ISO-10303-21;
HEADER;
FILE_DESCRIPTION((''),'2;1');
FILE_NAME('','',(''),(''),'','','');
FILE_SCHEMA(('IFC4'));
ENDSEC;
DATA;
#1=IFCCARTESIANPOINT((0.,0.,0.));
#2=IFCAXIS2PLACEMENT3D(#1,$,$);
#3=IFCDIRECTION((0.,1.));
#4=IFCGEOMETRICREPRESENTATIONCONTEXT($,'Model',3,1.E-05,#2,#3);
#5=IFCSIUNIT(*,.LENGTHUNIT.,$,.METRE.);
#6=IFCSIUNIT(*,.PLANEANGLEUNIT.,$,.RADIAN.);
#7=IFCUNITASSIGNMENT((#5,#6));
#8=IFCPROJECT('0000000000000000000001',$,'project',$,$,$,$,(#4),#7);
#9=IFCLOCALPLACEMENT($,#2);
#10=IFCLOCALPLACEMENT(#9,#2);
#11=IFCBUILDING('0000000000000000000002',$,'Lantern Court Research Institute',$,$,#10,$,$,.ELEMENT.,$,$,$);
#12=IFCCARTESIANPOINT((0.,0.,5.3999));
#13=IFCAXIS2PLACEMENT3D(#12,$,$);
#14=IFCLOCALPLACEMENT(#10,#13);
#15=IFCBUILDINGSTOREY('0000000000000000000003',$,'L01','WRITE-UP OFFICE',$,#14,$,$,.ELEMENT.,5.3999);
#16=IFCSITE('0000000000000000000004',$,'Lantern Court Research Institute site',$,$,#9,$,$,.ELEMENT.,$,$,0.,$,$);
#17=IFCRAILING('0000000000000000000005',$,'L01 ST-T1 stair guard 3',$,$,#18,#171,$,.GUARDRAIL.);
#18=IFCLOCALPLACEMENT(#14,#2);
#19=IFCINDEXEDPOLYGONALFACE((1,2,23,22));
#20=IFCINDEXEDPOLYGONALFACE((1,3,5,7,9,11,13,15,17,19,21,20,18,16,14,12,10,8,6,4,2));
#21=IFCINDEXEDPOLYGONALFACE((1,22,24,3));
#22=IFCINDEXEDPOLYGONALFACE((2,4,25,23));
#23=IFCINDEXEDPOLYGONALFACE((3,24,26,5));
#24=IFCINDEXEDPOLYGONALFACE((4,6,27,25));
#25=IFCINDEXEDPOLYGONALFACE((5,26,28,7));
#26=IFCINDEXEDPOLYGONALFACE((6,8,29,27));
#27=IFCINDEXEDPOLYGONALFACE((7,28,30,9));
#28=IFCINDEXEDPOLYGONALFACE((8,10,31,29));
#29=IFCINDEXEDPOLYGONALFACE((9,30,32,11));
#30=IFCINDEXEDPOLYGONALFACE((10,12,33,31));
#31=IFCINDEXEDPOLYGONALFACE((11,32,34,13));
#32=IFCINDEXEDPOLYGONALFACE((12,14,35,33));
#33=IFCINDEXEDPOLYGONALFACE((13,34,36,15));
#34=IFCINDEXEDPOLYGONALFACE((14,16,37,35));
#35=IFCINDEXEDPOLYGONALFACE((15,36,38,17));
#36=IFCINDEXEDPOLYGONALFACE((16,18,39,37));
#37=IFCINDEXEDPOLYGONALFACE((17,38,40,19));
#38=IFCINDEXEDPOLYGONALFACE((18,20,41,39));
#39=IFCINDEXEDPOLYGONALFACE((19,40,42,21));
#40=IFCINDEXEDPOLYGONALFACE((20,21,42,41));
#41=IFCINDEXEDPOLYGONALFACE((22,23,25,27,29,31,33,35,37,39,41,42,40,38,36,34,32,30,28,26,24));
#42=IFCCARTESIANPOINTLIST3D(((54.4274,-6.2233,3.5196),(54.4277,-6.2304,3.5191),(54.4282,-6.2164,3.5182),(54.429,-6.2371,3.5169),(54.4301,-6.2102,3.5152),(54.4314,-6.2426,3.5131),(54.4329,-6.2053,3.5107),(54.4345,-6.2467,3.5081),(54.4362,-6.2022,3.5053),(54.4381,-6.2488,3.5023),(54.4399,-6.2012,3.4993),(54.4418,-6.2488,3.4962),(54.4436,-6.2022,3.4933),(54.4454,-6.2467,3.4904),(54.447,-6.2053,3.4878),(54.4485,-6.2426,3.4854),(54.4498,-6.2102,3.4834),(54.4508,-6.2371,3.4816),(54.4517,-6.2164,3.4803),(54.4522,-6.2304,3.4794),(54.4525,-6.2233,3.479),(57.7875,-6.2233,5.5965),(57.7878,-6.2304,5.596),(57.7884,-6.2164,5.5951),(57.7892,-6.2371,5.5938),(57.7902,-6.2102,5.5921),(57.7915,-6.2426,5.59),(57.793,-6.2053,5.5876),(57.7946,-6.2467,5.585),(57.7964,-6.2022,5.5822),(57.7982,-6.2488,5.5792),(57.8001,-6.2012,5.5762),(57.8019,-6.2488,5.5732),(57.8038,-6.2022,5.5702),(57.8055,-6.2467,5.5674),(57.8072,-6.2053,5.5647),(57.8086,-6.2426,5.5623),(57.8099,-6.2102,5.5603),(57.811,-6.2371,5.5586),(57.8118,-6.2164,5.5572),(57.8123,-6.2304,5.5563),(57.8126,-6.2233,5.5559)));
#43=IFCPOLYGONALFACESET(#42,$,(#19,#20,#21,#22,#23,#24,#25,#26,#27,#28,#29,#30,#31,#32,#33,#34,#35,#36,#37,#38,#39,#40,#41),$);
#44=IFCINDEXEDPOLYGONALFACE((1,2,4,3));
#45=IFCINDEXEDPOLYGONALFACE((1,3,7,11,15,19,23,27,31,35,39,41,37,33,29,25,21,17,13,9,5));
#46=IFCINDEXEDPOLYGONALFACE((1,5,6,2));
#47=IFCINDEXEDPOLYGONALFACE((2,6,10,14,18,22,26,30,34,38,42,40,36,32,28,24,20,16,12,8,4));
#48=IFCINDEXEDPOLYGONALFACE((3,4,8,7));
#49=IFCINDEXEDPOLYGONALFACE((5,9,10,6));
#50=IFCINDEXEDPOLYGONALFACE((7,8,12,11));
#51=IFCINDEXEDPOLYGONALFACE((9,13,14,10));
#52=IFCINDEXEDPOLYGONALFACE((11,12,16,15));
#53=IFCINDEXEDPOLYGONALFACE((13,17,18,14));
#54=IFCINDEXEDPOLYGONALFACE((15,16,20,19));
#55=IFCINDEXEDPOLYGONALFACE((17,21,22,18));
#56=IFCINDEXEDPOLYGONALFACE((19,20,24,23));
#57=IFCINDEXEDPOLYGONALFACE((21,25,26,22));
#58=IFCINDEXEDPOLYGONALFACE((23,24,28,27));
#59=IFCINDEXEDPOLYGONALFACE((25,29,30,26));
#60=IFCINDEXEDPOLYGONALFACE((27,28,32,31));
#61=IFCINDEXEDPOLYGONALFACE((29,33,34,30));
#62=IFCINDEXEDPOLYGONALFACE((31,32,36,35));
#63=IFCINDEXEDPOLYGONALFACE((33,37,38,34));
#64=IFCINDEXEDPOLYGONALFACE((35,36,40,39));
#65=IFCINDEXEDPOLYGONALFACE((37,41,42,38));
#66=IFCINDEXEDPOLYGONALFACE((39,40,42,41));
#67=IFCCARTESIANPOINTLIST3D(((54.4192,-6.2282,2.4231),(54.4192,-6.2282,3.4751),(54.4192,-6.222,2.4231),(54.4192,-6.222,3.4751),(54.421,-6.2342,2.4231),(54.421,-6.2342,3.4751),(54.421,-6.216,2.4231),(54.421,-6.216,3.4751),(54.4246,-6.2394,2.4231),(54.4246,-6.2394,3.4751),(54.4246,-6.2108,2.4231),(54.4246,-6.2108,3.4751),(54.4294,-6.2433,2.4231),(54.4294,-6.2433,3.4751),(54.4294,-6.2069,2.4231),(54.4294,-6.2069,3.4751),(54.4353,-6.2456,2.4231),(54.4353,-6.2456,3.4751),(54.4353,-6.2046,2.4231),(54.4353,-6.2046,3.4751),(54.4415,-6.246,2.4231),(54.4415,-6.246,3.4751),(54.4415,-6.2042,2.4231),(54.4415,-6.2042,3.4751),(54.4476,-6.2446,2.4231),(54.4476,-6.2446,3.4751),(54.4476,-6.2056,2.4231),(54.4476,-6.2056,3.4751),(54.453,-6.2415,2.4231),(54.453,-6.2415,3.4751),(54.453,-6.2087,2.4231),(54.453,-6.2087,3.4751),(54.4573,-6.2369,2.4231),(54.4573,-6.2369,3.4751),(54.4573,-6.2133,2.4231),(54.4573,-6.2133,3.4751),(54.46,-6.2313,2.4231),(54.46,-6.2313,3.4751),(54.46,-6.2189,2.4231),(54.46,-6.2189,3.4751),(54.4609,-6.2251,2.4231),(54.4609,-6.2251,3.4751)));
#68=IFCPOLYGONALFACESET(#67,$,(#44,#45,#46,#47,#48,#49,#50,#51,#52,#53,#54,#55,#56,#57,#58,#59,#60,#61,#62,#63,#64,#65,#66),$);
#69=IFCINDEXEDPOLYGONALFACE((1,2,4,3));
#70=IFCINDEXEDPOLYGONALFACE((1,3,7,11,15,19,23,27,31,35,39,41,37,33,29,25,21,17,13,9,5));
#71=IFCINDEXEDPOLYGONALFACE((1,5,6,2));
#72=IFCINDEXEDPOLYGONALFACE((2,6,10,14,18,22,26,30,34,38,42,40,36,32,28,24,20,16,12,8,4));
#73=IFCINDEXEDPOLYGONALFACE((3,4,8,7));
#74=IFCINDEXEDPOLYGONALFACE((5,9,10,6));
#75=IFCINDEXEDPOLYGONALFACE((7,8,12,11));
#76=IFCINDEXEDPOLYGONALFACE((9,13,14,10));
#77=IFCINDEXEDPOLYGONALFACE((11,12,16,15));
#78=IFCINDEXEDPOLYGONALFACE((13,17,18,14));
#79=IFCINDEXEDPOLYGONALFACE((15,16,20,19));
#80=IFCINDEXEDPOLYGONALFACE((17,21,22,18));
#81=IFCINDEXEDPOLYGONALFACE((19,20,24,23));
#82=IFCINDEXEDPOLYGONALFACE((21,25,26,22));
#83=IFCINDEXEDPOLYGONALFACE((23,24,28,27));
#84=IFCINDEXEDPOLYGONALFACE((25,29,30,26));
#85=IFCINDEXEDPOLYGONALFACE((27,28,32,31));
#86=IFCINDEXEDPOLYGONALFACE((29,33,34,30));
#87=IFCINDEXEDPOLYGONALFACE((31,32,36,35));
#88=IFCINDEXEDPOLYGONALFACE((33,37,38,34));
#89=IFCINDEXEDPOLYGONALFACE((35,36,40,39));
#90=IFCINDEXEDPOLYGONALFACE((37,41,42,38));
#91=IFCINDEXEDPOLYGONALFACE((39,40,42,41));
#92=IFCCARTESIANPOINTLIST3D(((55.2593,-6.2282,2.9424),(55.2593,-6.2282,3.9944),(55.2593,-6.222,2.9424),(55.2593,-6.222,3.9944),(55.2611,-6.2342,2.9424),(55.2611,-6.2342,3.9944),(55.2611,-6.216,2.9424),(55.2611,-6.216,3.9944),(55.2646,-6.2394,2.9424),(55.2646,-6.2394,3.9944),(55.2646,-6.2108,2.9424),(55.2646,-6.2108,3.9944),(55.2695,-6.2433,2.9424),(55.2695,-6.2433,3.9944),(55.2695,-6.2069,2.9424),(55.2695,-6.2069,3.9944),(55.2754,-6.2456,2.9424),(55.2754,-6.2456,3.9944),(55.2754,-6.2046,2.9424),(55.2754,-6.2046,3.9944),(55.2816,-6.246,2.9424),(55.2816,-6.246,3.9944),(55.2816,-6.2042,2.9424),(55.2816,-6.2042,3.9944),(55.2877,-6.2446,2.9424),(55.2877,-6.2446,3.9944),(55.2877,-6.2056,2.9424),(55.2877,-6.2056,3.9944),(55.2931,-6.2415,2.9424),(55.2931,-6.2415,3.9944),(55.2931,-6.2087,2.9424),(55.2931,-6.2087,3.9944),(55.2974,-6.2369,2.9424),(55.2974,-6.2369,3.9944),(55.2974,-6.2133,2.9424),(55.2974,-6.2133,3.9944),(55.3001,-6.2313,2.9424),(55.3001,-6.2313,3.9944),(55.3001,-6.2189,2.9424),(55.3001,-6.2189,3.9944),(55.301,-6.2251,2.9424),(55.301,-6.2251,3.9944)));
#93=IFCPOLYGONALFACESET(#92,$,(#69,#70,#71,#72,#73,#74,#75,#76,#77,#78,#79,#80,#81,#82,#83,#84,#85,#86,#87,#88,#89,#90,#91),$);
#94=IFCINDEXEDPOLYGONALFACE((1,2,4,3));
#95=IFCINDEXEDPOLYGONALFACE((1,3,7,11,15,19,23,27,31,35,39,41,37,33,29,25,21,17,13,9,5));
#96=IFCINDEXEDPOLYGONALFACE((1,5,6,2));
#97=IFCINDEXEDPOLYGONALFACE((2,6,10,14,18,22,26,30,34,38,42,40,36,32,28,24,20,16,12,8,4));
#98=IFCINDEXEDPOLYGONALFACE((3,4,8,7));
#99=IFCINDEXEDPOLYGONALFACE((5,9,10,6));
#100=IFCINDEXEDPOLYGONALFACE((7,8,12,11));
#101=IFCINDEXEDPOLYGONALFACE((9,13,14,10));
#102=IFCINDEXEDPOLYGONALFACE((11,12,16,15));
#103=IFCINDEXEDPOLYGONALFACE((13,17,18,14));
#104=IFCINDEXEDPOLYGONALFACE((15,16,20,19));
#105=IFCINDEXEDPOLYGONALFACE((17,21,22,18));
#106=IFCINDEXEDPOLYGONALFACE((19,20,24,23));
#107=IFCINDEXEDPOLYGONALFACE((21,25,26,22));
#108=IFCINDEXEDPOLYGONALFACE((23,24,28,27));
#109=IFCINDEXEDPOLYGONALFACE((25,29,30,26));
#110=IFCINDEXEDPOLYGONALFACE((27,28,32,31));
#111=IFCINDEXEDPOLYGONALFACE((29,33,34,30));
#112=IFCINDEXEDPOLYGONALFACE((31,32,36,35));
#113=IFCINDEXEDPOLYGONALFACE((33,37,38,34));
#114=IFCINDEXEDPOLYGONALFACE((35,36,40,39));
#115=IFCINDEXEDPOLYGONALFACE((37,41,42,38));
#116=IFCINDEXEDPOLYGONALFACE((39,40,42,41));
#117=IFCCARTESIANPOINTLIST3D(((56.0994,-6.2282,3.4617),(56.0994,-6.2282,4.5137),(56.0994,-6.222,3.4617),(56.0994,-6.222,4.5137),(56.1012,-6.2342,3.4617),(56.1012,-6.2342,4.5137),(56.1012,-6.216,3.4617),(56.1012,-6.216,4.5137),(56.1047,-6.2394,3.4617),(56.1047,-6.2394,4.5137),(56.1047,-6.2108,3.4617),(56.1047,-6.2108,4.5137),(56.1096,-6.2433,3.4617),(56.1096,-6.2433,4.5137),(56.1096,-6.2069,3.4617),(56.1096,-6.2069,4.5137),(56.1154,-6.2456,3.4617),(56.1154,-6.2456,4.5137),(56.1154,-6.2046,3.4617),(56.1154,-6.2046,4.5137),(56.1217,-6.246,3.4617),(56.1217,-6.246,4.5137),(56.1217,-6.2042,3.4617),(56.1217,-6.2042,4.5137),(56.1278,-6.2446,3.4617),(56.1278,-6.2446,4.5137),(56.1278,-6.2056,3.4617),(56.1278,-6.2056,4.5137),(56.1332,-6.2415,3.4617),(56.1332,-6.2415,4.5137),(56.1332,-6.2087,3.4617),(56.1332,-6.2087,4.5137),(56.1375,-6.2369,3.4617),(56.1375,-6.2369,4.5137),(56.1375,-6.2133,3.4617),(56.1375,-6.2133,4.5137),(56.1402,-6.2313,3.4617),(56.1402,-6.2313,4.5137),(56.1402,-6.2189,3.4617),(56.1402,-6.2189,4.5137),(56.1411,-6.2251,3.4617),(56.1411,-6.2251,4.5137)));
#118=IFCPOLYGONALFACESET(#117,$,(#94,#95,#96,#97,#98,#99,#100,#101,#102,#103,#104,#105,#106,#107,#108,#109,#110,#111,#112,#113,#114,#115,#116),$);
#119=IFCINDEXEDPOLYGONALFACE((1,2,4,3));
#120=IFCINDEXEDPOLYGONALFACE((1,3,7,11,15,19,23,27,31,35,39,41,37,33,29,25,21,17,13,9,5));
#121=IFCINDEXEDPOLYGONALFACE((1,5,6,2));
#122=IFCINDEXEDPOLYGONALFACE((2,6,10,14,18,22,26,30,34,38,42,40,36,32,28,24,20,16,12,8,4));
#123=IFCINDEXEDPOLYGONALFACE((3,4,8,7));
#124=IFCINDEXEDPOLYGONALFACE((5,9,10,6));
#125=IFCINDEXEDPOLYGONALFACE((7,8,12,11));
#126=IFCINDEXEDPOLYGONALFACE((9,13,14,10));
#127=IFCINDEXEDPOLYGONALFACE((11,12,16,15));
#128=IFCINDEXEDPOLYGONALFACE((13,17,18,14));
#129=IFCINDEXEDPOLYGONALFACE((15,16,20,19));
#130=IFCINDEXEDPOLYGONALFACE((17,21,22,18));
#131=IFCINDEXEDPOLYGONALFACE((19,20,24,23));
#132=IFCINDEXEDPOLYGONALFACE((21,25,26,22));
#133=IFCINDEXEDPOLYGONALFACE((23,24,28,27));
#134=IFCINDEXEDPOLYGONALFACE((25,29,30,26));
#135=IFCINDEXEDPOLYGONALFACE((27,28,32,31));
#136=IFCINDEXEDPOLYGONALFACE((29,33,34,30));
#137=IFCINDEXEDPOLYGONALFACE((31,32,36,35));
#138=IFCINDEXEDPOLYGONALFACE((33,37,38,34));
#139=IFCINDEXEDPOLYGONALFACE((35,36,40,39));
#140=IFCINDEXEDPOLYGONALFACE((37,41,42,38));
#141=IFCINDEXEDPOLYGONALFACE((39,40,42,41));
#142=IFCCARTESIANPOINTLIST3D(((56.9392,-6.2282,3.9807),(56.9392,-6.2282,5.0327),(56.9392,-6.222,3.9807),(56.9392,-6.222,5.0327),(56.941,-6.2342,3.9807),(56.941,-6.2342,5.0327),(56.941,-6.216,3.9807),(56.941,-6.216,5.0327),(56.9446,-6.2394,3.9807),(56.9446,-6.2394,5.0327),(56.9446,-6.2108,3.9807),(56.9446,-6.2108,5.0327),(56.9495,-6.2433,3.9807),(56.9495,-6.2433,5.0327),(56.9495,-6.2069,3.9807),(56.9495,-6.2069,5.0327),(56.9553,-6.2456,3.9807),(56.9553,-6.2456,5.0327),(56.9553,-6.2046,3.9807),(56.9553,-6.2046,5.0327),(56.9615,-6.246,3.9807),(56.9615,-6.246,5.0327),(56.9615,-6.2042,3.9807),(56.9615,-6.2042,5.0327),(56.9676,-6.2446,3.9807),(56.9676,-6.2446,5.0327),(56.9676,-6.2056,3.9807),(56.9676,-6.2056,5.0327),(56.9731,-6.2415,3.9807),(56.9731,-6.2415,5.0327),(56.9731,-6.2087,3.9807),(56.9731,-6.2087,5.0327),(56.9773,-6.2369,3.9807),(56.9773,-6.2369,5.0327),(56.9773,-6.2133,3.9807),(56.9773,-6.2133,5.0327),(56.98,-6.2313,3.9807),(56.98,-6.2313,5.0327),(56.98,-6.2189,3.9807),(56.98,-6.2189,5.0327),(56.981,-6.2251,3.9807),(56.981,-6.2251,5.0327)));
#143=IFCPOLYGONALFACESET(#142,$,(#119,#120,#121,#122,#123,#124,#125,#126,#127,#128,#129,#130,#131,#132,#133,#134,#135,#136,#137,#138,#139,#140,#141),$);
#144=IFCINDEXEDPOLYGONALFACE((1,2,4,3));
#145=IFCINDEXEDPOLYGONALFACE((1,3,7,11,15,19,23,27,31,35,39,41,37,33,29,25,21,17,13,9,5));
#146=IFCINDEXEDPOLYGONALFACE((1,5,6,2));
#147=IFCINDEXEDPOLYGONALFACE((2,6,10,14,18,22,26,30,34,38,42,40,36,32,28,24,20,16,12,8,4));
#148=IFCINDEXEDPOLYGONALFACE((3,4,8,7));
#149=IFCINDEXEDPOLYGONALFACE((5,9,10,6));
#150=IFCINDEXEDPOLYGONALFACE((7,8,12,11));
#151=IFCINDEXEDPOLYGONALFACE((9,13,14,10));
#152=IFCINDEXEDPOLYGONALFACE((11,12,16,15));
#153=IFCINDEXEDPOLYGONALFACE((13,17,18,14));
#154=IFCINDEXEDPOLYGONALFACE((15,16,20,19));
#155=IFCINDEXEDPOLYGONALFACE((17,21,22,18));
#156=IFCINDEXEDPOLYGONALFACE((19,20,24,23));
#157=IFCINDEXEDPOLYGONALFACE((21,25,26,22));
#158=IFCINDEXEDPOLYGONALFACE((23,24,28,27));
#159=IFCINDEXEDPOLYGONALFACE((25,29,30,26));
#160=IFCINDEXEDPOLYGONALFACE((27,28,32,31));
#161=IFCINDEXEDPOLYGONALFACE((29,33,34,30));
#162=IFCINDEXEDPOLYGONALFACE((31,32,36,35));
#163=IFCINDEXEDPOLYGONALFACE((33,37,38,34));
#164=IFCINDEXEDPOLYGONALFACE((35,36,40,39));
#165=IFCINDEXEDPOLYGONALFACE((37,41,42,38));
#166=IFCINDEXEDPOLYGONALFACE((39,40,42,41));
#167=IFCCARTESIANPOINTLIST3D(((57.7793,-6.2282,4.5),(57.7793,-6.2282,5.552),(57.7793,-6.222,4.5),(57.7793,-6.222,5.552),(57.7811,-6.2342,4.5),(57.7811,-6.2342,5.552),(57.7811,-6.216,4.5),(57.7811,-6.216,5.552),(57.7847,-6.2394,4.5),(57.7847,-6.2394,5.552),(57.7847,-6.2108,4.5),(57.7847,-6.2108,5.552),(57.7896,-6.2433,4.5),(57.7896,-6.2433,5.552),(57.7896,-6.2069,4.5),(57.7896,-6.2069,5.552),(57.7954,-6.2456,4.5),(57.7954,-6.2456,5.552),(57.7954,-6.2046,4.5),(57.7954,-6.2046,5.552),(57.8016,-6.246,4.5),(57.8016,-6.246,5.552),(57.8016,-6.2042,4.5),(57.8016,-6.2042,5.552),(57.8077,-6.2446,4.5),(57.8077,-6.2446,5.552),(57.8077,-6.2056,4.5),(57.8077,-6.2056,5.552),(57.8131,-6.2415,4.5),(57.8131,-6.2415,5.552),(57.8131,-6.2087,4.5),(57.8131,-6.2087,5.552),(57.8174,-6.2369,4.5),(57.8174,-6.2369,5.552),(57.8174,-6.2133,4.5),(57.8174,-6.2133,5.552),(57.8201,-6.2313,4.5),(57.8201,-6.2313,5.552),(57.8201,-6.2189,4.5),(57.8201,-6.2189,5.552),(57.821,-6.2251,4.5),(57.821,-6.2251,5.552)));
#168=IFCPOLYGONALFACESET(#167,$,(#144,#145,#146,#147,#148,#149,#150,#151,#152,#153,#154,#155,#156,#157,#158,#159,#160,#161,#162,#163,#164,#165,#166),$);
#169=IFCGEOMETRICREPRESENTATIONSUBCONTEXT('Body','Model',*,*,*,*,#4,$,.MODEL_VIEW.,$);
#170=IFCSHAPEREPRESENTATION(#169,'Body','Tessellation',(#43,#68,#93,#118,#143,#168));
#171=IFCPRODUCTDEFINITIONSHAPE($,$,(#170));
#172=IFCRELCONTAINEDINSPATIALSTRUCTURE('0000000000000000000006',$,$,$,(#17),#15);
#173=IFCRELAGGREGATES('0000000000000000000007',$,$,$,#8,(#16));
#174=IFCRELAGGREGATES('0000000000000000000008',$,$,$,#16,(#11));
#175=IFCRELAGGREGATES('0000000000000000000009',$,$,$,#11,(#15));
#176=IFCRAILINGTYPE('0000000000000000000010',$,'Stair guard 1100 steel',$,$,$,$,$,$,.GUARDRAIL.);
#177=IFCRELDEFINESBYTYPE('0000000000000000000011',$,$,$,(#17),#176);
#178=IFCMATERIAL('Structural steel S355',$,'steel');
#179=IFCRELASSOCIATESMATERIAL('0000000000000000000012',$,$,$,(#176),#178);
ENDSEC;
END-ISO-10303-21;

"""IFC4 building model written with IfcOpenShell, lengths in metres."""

from ifc_helpers import new_model, si_unit, direction, frame, origin, origin_2d, place, context, subcontext, project, spatial, circle, extrude, material, type_object, element, save


model = new_model("IFC4")

# Units and contexts
model_context = context("Model", 3, precision=1e-05, world=origin(), true_north=direction((0.0, 1.0)))
body_context = subcontext(model_context, "Body", "Model", "MODEL_VIEW")
ifc_project = project(units=[si_unit("LENGTHUNIT", "METRE"), si_unit("PLANEANGLEUNIT", "RADIAN")], contexts=[model_context])

# Site, building, storey
site_placement = place(None, origin())
site = spatial("IfcSite", under=ifc_project, at=site_placement, Name="Lantern Court Research Institute site", CompositionType="ELEMENT", RefElevation=0.0)
building_placement = place(site_placement, origin())
building = spatial("IfcBuilding", under=site, at=building_placement, Name="Lantern Court Research Institute", CompositionType="ELEMENT")
storey_placement = place(building_placement, frame((0.0, 0.0, 5.3999)))
storey = spatial("IfcBuildingStorey", under=building, at=storey_placement, Name="L01", Description="WRITE-UP OFFICE", CompositionType="ELEMENT", Elevation=5.3999)

# Railing
ifc_material_1 = material(Name="Structural steel S355", Category="steel")
railing_type_1 = type_object("IfcRailingType", Name="Stair guard 1100 steel", PredefinedType="GUARDRAIL", material=ifc_material_1)
railing_1_placement = place(storey_placement, frame((54.4399, -6.2251, 2.4231)))
element("IfcRailing", 1, at=railing_1_placement, inside=storey, type_object=railing_type_1, Name="L01 ST-T1 stair guard 3", PredefinedType="GUARDRAIL", context=body_context, shape_type="SweptSolid", body=[
    extrude(circle(Radius=0.0239, at=origin_2d()), frame((0.0, 0.0, 1.0762), z_axis=(0.850623, 0.0, 0.525776), x_axis=(0.0, 1.0, 0.0)), (0.0, 0.0, 1.0), 3.9502),
    extrude(circle(Radius=0.021, at=origin_2d()), origin(), (0.0, 0.0, 1.0), 1.052),
    extrude(circle(Radius=0.021, at=origin_2d()), frame((0.8401, 0.0, 0.5193)), (0.0, 0.0, 1.0), 1.052),
    extrude(circle(Radius=0.021, at=origin_2d()), frame((1.6802, 0.0, 1.0386)), (0.0, 0.0, 1.0), 1.052),
    extrude(circle(Radius=0.021, at=origin_2d()), frame((2.52, 0.0, 1.5576)), (0.0, 0.0, 1.0), 1.052),
    extrude(circle(Radius=0.021, at=origin_2d()), frame((3.3601, 0.0, 2.0769)), (0.0, 0.0, 1.0), 1.052),
])

save(model, "model.ifc")
